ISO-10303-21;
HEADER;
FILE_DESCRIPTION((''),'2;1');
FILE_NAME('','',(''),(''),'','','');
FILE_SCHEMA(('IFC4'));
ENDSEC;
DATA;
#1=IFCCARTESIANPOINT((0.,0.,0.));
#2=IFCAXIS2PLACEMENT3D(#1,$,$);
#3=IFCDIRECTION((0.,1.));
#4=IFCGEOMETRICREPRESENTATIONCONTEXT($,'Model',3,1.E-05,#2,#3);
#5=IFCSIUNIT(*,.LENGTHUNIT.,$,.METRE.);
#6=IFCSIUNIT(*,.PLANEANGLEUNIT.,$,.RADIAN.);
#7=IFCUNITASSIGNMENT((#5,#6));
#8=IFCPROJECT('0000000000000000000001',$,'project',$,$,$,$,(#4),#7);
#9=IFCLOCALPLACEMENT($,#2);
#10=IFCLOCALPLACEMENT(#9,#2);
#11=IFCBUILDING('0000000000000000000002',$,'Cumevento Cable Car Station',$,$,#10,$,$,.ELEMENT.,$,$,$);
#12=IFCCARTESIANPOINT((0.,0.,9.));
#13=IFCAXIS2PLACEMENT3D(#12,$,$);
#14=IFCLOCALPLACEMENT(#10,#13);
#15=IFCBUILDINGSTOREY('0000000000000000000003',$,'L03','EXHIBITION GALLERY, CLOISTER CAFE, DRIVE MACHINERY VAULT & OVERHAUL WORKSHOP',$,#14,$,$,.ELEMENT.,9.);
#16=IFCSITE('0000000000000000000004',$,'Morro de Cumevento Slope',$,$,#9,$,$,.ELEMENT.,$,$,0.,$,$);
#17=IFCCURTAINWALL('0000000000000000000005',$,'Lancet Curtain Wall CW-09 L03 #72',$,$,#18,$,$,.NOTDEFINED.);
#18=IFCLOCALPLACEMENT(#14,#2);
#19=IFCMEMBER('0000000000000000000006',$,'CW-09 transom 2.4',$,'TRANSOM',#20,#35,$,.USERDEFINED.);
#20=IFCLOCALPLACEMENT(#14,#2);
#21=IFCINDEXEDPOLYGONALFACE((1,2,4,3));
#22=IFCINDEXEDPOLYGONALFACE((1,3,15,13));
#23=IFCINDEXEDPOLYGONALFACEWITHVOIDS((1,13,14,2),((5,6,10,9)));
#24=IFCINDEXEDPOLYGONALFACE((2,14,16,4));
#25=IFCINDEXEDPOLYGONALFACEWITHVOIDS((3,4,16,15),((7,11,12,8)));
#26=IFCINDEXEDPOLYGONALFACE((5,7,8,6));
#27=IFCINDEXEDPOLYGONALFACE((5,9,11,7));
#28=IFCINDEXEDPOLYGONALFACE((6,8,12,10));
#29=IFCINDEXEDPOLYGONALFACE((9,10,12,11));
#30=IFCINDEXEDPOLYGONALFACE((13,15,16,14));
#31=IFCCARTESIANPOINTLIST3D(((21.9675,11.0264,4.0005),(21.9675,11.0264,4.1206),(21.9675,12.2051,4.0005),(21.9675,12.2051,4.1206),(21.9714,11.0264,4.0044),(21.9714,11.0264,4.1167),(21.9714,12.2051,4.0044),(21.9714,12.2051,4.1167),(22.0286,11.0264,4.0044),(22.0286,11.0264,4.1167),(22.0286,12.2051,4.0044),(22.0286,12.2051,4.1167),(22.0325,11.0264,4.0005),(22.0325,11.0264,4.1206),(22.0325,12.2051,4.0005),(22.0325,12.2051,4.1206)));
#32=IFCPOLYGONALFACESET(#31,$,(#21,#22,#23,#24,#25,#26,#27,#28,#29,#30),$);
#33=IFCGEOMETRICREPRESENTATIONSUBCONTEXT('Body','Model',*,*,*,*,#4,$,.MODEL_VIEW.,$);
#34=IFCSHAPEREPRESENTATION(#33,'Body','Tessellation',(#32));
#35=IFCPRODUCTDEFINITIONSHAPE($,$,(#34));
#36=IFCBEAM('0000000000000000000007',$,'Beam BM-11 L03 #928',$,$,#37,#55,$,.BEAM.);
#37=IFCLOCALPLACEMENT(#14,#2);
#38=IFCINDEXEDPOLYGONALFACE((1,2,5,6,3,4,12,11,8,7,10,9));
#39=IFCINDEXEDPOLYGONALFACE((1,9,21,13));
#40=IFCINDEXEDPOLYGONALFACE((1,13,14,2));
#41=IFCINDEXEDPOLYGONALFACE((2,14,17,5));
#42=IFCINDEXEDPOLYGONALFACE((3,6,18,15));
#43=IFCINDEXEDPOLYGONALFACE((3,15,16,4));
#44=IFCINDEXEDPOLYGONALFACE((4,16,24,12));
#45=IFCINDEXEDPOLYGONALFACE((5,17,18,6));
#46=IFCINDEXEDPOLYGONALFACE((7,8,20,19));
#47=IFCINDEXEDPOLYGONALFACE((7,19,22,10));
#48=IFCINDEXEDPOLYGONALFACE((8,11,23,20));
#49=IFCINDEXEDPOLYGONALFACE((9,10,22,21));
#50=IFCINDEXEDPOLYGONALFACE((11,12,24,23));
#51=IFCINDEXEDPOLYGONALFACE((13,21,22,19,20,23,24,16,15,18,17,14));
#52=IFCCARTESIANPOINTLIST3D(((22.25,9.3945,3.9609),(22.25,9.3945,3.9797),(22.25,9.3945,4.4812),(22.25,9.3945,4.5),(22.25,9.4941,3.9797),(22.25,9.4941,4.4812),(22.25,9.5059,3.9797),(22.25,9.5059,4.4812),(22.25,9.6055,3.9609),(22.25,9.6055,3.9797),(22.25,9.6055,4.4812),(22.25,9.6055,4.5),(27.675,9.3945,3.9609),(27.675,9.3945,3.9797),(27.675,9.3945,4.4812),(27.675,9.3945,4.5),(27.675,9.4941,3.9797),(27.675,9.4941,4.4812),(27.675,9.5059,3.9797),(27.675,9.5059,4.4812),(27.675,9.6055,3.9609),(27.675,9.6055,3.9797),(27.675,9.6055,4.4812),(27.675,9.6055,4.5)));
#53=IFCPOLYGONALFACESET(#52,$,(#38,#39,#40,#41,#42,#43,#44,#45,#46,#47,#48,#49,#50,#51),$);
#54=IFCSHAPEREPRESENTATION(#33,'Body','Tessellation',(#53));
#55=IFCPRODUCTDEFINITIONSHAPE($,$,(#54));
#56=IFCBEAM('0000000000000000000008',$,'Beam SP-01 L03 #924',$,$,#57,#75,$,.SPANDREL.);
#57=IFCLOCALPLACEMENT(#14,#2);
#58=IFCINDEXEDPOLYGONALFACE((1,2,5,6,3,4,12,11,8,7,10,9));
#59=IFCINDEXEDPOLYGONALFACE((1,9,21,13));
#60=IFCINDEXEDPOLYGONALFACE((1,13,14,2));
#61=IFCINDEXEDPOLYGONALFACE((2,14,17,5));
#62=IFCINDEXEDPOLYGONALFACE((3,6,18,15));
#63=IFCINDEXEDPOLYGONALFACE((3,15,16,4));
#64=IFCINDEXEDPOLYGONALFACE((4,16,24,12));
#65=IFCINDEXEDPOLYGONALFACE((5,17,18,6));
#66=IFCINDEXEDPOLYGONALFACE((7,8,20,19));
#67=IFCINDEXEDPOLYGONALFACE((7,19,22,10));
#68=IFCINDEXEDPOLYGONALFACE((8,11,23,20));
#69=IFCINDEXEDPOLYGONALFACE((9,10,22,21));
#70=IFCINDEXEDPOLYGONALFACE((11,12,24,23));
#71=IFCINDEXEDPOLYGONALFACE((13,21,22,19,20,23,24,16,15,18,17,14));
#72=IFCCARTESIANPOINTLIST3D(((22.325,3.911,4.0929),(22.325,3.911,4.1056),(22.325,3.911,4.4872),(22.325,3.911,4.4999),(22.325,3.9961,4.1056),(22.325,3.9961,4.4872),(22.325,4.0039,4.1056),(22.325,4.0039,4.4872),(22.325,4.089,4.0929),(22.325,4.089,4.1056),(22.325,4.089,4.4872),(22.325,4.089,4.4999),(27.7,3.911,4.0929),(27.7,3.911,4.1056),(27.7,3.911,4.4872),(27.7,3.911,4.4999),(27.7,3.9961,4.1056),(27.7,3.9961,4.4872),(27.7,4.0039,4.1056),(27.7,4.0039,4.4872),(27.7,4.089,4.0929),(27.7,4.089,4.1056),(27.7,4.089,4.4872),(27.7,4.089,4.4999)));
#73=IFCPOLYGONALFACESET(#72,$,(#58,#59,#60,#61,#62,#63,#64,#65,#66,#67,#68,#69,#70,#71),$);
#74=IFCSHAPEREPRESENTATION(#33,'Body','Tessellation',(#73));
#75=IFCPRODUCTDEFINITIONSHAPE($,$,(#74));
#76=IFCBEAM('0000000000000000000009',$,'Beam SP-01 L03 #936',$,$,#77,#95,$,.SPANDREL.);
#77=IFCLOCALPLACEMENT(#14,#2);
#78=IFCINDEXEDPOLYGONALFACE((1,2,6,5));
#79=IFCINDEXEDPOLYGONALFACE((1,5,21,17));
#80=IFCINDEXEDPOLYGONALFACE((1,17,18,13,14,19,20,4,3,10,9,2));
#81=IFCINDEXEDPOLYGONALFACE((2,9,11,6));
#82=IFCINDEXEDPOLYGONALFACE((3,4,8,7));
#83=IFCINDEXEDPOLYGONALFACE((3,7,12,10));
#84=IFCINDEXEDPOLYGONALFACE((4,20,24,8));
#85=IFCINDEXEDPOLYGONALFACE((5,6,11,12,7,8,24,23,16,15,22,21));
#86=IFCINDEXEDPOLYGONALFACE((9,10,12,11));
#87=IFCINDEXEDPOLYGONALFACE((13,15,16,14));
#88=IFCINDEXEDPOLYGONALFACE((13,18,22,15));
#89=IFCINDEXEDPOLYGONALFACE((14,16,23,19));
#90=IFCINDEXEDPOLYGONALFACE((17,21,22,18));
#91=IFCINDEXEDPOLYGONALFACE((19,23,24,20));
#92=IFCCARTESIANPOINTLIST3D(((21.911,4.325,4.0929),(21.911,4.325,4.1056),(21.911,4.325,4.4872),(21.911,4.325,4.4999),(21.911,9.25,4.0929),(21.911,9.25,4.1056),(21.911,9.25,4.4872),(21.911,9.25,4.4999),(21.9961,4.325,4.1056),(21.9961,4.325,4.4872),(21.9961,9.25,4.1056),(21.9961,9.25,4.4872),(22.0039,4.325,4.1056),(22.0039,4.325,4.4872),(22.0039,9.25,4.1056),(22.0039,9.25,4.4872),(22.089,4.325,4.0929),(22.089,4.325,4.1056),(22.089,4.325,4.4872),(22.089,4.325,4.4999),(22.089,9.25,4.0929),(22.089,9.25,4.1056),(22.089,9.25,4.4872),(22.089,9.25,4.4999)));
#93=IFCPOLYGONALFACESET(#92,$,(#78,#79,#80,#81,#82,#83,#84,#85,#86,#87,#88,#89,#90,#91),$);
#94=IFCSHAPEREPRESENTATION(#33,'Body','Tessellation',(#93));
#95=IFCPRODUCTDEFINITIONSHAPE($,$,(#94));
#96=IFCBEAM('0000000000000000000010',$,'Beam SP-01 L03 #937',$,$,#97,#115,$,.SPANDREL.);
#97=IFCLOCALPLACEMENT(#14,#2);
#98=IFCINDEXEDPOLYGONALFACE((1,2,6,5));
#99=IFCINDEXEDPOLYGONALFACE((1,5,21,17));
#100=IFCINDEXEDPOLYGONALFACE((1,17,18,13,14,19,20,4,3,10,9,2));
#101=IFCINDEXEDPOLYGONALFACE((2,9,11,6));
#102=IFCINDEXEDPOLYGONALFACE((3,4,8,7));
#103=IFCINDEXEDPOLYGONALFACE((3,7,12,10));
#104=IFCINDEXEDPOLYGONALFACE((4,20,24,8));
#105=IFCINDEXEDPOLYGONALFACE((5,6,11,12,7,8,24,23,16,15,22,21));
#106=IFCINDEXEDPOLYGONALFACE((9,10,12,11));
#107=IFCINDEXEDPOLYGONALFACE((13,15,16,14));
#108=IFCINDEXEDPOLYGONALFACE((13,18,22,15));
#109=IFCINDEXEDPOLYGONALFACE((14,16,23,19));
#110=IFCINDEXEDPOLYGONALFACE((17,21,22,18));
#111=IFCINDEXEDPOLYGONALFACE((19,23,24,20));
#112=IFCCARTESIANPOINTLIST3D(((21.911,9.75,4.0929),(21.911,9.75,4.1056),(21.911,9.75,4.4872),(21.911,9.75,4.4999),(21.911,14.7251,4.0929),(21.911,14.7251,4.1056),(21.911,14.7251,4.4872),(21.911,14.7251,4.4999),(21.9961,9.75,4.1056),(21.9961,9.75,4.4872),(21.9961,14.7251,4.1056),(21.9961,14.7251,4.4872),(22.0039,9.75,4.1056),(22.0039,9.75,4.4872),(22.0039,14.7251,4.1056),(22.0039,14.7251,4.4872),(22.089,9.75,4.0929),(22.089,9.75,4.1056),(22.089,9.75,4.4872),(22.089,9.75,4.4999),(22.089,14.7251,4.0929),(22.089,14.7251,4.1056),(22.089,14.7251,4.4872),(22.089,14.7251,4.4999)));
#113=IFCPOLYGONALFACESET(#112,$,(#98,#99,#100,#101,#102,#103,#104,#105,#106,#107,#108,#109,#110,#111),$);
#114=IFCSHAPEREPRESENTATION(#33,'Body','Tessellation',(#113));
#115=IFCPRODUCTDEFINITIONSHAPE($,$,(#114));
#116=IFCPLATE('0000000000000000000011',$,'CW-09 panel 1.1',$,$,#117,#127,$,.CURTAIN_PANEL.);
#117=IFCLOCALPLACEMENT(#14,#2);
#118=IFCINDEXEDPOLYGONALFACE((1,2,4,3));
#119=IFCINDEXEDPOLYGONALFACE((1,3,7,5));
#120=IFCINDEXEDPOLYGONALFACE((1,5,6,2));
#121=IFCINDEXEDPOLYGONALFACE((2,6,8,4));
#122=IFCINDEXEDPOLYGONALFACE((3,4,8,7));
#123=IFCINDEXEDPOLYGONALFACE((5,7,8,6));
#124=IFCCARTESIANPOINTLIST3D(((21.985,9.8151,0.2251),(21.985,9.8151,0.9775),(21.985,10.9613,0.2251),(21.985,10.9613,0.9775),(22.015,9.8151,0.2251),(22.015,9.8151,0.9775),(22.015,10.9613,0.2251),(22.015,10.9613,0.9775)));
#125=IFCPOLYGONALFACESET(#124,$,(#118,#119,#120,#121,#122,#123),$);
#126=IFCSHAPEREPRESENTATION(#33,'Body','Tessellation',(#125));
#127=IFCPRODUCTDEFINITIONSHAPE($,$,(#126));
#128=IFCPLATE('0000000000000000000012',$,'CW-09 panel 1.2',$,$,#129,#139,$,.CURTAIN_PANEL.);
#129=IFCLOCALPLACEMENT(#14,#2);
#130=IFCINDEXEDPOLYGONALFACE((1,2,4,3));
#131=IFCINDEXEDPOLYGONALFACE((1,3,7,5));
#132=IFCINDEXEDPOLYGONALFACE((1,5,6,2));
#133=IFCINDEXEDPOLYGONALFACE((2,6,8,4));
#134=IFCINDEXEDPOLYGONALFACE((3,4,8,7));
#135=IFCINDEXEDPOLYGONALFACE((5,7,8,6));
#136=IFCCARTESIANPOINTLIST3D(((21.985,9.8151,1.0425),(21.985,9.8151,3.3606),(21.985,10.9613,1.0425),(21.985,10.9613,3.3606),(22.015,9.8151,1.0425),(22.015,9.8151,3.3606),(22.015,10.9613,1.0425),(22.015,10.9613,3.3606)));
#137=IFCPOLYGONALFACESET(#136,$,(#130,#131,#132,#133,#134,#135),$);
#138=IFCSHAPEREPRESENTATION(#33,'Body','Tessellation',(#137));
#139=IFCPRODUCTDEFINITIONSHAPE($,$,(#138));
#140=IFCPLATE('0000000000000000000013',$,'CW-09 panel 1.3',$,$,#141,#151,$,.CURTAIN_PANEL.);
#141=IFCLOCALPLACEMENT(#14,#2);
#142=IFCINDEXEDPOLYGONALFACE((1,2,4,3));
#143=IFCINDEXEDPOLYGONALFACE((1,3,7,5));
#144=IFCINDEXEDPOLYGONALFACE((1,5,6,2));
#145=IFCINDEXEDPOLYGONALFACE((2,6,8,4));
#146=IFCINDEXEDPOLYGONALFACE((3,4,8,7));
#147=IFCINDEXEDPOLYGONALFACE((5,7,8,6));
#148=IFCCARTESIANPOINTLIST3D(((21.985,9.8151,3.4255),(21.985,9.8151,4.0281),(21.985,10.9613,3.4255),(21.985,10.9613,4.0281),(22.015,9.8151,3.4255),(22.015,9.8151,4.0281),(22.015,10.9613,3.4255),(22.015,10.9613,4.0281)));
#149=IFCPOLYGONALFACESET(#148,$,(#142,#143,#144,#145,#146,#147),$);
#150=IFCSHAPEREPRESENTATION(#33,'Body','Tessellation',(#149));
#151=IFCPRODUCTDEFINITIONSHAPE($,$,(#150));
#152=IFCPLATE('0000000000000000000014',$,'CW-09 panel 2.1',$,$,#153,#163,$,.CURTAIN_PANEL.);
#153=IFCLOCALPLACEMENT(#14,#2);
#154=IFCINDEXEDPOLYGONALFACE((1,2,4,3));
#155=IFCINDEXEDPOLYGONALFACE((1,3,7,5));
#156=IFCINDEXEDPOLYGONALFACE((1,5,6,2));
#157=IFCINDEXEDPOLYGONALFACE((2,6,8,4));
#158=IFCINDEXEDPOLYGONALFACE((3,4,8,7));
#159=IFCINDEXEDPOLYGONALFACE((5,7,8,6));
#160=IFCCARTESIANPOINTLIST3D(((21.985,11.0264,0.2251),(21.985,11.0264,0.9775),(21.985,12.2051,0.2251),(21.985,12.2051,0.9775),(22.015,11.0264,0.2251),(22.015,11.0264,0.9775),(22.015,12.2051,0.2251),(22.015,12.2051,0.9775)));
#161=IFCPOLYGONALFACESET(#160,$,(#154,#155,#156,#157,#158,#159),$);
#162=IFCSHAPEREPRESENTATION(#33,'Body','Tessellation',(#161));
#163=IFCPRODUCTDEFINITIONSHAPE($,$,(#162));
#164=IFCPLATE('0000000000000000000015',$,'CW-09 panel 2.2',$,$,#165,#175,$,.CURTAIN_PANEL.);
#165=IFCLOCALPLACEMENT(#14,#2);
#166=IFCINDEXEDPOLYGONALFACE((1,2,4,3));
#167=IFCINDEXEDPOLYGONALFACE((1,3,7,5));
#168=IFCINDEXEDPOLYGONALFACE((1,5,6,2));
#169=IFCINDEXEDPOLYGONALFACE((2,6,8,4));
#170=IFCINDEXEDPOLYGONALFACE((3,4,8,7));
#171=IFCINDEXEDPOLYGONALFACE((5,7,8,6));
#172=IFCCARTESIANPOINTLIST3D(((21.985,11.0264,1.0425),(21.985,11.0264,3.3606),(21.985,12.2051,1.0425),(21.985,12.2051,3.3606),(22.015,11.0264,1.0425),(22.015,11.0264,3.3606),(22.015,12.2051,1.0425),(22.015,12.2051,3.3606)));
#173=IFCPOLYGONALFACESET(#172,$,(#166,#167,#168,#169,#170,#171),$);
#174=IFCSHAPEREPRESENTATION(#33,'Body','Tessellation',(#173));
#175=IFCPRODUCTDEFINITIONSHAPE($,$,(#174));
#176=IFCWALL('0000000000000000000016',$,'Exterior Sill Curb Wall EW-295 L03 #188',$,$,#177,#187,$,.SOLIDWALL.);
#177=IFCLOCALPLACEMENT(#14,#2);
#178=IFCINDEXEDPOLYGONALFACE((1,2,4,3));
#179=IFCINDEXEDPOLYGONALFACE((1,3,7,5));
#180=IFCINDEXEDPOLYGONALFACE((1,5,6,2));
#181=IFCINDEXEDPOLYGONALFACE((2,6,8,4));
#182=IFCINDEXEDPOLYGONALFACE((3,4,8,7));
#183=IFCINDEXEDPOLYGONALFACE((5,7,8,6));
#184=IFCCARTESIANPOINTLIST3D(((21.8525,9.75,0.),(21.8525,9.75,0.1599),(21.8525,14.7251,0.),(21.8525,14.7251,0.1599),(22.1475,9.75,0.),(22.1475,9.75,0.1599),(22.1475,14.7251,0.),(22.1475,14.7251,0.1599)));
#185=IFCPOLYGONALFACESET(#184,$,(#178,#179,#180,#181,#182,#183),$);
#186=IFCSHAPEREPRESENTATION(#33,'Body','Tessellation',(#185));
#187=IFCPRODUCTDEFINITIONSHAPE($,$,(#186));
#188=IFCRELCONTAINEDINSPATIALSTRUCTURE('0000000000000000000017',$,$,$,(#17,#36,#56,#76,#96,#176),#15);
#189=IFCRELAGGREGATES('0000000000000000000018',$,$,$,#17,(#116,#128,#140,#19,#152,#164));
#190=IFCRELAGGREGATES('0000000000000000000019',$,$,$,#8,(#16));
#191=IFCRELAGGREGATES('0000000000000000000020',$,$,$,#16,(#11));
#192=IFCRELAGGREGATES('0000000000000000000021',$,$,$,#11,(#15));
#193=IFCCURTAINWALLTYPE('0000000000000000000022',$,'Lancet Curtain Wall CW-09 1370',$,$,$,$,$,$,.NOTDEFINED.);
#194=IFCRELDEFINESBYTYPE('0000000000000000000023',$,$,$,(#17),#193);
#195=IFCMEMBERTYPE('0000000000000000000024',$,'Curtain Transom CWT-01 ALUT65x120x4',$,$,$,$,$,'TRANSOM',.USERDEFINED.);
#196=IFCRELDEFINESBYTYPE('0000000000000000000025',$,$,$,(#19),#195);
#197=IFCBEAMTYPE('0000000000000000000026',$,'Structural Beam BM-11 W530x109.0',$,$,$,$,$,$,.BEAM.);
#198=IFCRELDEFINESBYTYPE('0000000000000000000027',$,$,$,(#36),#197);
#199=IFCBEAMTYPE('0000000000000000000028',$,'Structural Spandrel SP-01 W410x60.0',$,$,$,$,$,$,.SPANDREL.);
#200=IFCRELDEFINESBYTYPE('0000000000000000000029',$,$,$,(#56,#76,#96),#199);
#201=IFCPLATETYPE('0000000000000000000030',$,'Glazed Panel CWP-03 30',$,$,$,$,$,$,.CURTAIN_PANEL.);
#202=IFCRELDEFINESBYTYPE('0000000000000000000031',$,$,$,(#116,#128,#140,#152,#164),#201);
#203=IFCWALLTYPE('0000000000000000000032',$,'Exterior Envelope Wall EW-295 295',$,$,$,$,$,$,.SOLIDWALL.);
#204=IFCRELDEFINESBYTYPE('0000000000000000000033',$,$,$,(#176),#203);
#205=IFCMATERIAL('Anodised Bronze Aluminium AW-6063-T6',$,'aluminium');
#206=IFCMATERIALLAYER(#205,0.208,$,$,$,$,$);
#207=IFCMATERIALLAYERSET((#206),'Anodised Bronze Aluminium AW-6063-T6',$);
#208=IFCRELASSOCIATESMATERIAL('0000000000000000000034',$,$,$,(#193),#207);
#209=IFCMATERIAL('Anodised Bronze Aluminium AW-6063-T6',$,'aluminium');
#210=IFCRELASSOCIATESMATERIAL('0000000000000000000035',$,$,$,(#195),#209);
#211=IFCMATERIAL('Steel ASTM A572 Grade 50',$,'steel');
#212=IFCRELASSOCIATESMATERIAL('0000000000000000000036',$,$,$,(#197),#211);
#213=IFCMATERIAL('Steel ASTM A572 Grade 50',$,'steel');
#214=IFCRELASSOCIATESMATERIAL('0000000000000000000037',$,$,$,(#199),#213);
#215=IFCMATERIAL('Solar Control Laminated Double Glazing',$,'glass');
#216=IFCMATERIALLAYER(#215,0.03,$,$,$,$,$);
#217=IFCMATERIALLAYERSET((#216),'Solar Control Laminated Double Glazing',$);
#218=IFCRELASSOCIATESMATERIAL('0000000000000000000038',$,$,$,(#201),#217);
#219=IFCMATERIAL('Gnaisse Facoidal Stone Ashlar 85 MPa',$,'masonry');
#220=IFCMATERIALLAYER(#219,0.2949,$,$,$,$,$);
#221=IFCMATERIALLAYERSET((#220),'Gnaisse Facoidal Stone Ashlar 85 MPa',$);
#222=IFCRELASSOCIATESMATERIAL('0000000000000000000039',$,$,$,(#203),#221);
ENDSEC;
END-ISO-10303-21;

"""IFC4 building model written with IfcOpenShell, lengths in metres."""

from ifc_helpers import new_model, si_unit, direction, frame, frame_2d, origin, origin_2d, place, context, subcontext, project, spatial, rectangle, hollow_rectangle, i_section, extrude, material, layer, layer_set, material_profile, profile_set, type_object, element, aggregate, save


model = new_model("IFC4")

# Units and contexts
model_context = context("Model", 3, precision=1e-05, world=origin(), true_north=direction((0.0, 1.0)))
body_context = subcontext(model_context, "Body", "Model", "MODEL_VIEW")
ifc_project = project(units=[si_unit("LENGTHUNIT", "METRE"), si_unit("PLANEANGLEUNIT", "RADIAN")], contexts=[model_context])

# Site, building, storey
site_placement = place(None, origin())
site = spatial("IfcSite", under=ifc_project, at=site_placement, Name="Morro de Cumevento Slope", CompositionType="ELEMENT", RefElevation=0.0)
building_placement = place(site_placement, origin())
building = spatial("IfcBuilding", under=site, at=building_placement, Name="Cumevento Cable Car Station", CompositionType="ELEMENT")
storey_placement = place(building_placement, frame((0.0, 0.0, 9.0)))
storey = spatial("IfcBuildingStorey", under=building, at=storey_placement, Name="L03", Description="EXHIBITION GALLERY, CLOISTER CAFE, DRIVE MACHINERY VAULT & OVERHAUL WORKSHOP", CompositionType="ELEMENT", Elevation=9.0)

# Curtain wall, member
ifc_material_1 = material(Name="Anodised Bronze Aluminium AW-6063-T6", Category="aluminium")
ifc_layer_1 = layer(ifc_material_1, 0.208)
ifc_layer_set_1 = layer_set([ifc_layer_1], Name="Anodised Bronze Aluminium AW-6063-T6")
curtain_wall_type = type_object("IfcCurtainWallType", Name="Lancet Curtain Wall CW-09 1370", PredefinedType="NOTDEFINED", material=ifc_layer_set_1)
curtain_wall_placement = place(storey_placement, origin())
curtain_wall = element("IfcCurtainWall", 1, at=curtain_wall_placement, inside=storey, type_object=curtain_wall_type, Name="Lancet Curtain Wall CW-09 L03 #72", PredefinedType="NOTDEFINED")
ifc_material_2 = material(Name="Anodised Bronze Aluminium AW-6063-T6", Category="aluminium")
ifc_material_profile_1 = material_profile(ifc_material_2, hollow_rectangle(XDim=0.0649, YDim=0.1201, WallThickness=0.0039, at=origin_2d()), Name="ALUT65x120x4")
ifc_profile_set_1 = profile_set([ifc_material_profile_1], Name="Anodised Bronze Aluminium AW-6063-T6")
member_type_1 = type_object("IfcMemberType", Name="Curtain Transom CWT-01 ALUT65x120x4", ElementType="TRANSOM", PredefinedType="USERDEFINED", material=ifc_profile_set_1)
member_1_placement = place(storey_placement, frame((22.0, 11.0264, 4.0605), z_axis=(0.0, 1.0, 0.0), x_axis=(-1.0, 0.0, 0.0)))
member_1 = element("IfcMember", 2, at=member_1_placement, type_object=member_type_1, Name="CW-09 transom 2.4", ObjectType="TRANSOM", PredefinedType="USERDEFINED", context=body_context, shape_type="SweptSolid", body=[
    extrude(hollow_rectangle(XDim=0.0649, YDim=0.1201, WallThickness=0.0039, at=origin_2d()), origin(), (0.0, 0.0, 1.0), 1.1787),
])

# Beams
ifc_material_3 = material(Name="Steel ASTM A572 Grade 50", Category="steel")
ifc_material_profile_2 = material_profile(ifc_material_3, i_section(OverallWidth=0.2109, OverallDepth=0.5391, WebThickness=0.0117, FlangeThickness=0.0188, at=origin_2d()), Name="W530x109.0")
ifc_profile_set_2 = profile_set([ifc_material_profile_2], Name="Steel ASTM A572 Grade 50")
beam_type_1 = type_object("IfcBeamType", Name="Structural Beam BM-11 W530x109.0", PredefinedType="BEAM", material=ifc_profile_set_2)
beam_1_placement = place(storey_placement, frame((22.25, 9.5, 4.2305), z_axis=(1.0, 0.0, 0.0), x_axis=(0.0, 1.0, 0.0)))
element("IfcBeam", 3, at=beam_1_placement, inside=storey, type_object=beam_type_1, Name="Beam BM-11 L03 #928", PredefinedType="BEAM", context=body_context, shape_type="SweptSolid", body=[
    extrude(i_section(OverallWidth=0.2109, OverallDepth=0.5391, WebThickness=0.0117, FlangeThickness=0.0188, at=origin_2d()), origin(), (0.0, 0.0, 1.0), 5.425),
])
ifc_material_4 = material(Name="Steel ASTM A572 Grade 50", Category="steel")
ifc_material_profile_3 = material_profile(ifc_material_4, i_section(OverallWidth=0.178, OverallDepth=0.407, WebThickness=0.0078, FlangeThickness=0.0127, at=origin_2d()), Name="W410x60.0")
ifc_profile_set_3 = profile_set([ifc_material_profile_3], Name="Steel ASTM A572 Grade 50")
beam_type_2 = type_object("IfcBeamType", Name="Structural Spandrel SP-01 W410x60.0", PredefinedType="SPANDREL", material=ifc_profile_set_3)
beam_2_placement = place(storey_placement, frame((22.325, 4.0, 4.2964), z_axis=(1.0, 0.0, 0.0), x_axis=(0.0, 1.0, 0.0)))
element("IfcBeam", 4, at=beam_2_placement, inside=storey, type_object=beam_type_2, Name="Beam SP-01 L03 #924", PredefinedType="SPANDREL", context=body_context, shape_type="SweptSolid", body=[
    extrude(i_section(OverallWidth=0.178, OverallDepth=0.407, WebThickness=0.0078, FlangeThickness=0.0127, at=origin_2d()), origin(), (0.0, 0.0, 1.0), 5.375),
])
beam_3_placement = place(storey_placement, frame((22.0, 4.325, 4.2964), z_axis=(0.0, 1.0, 0.0), x_axis=(-1.0, 0.0, 0.0)))
element("IfcBeam", 5, at=beam_3_placement, inside=storey, type_object=beam_type_2, Name="Beam SP-01 L03 #936", PredefinedType="SPANDREL", context=body_context, shape_type="SweptSolid", body=[
    extrude(i_section(OverallWidth=0.178, OverallDepth=0.407, WebThickness=0.0078, FlangeThickness=0.0127, at=origin_2d()), origin(), (0.0, 0.0, 1.0), 4.925),
])
beam_4_placement = place(storey_placement, frame((22.0, 9.75, 4.2964), z_axis=(0.0, 1.0, 0.0), x_axis=(-1.0, 0.0, 0.0)))
element("IfcBeam", 6, at=beam_4_placement, inside=storey, type_object=beam_type_2, Name="Beam SP-01 L03 #937", PredefinedType="SPANDREL", context=body_context, shape_type="SweptSolid", body=[
    extrude(i_section(OverallWidth=0.178, OverallDepth=0.407, WebThickness=0.0078, FlangeThickness=0.0127, at=origin_2d()), origin(), (0.0, 0.0, 1.0), 4.9751),
])

# Plates
ifc_material_5 = material(Name="Solar Control Laminated Double Glazing", Category="glass")
ifc_layer_2 = layer(ifc_material_5, 0.03)
ifc_layer_set_2 = layer_set([ifc_layer_2], Name="Solar Control Laminated Double Glazing")
plate_type = type_object("IfcPlateType", Name="Glazed Panel CWP-03 30", PredefinedType="CURTAIN_PANEL", material=ifc_layer_set_2)
plate_1_placement = place(storey_placement, frame((22.0, 10.3882, 0.2251), z_axis=(0.0, 0.0, 1.0), x_axis=(0.0, 1.0, 0.0)))
plate_1 = element("IfcPlate", 7, at=plate_1_placement, type_object=plate_type, Name="CW-09 panel 1.1", PredefinedType="CURTAIN_PANEL", context=body_context, shape_type="SweptSolid", body=[
    extrude(rectangle(XDim=1.1462, YDim=0.03, at=origin_2d()), origin(), (0.0, 0.0, 1.0), 0.7524),
])
plate_2_placement = place(storey_placement, frame((22.0, 10.3882, 1.0425), z_axis=(0.0, 0.0, 1.0), x_axis=(0.0, 1.0, 0.0)))
plate_2 = element("IfcPlate", 8, at=plate_2_placement, type_object=plate_type, Name="CW-09 panel 1.2", PredefinedType="CURTAIN_PANEL", context=body_context, shape_type="SweptSolid", body=[
    extrude(rectangle(XDim=1.1462, YDim=0.03, at=origin_2d()), origin(), (0.0, 0.0, 1.0), 2.3181),
])
plate_3_placement = place(storey_placement, frame((22.0, 10.3882, 3.4255), z_axis=(0.0, 0.0, 1.0), x_axis=(0.0, 1.0, 0.0)))
plate_3 = element("IfcPlate", 9, at=plate_3_placement, type_object=plate_type, Name="CW-09 panel 1.3", PredefinedType="CURTAIN_PANEL", context=body_context, shape_type="SweptSolid", body=[
    extrude(rectangle(XDim=1.1462, YDim=0.03, at=origin_2d()), origin(), (0.0, 0.0, 1.0), 0.6025),
])
plate_4_placement = place(storey_placement, frame((22.0, 11.6157, 0.2251), z_axis=(0.0, 0.0, 1.0), x_axis=(0.0, 1.0, 0.0)))
plate_4 = element("IfcPlate", 10, at=plate_4_placement, type_object=plate_type, Name="CW-09 panel 2.1", PredefinedType="CURTAIN_PANEL", context=body_context, shape_type="SweptSolid", body=[
    extrude(rectangle(XDim=1.1787, YDim=0.03, at=origin_2d()), origin(), (0.0, 0.0, 1.0), 0.7524),
])
plate_5_placement = place(storey_placement, frame((22.0, 11.6157, 1.0425), z_axis=(0.0, 0.0, 1.0), x_axis=(0.0, 1.0, 0.0)))
plate_5 = element("IfcPlate", 11, at=plate_5_placement, type_object=plate_type, Name="CW-09 panel 2.2", PredefinedType="CURTAIN_PANEL", context=body_context, shape_type="SweptSolid", body=[
    extrude(rectangle(XDim=1.1787, YDim=0.03, at=origin_2d()), origin(), (0.0, 0.0, 1.0), 2.3181),
])
aggregate(curtain_wall, [plate_1, plate_2, plate_3, member_1, plate_4, plate_5])

# Wall
ifc_material_6 = material(Name="Gnaisse Facoidal Stone Ashlar 85 MPa", Category="masonry")
ifc_layer_3 = layer(ifc_material_6, 0.2949)
ifc_layer_set_3 = layer_set([ifc_layer_3], Name="Gnaisse Facoidal Stone Ashlar 85 MPa")
wall_type_1 = type_object("IfcWallType", Name="Exterior Envelope Wall EW-295 295", PredefinedType="SOLIDWALL", material=ifc_layer_set_3)
wall_1_placement = place(storey_placement, frame((22.0, 9.75, 0.0), z_axis=(0.0, 0.0, 1.0), x_axis=(0.0, 1.0, 0.0)))
element("IfcWall", 12, at=wall_1_placement, inside=storey, type_object=wall_type_1, Name="Exterior Sill Curb Wall EW-295 L03 #188", PredefinedType="SOLIDWALL", context=body_context, shape_type="SweptSolid", body=[
    extrude(rectangle(XDim=4.9751, YDim=0.2949, at=frame_2d((2.4875, 0.0))), origin(), (0.0, 0.0, 1.0), 0.1599),
])

save(model, "model.ifc")
